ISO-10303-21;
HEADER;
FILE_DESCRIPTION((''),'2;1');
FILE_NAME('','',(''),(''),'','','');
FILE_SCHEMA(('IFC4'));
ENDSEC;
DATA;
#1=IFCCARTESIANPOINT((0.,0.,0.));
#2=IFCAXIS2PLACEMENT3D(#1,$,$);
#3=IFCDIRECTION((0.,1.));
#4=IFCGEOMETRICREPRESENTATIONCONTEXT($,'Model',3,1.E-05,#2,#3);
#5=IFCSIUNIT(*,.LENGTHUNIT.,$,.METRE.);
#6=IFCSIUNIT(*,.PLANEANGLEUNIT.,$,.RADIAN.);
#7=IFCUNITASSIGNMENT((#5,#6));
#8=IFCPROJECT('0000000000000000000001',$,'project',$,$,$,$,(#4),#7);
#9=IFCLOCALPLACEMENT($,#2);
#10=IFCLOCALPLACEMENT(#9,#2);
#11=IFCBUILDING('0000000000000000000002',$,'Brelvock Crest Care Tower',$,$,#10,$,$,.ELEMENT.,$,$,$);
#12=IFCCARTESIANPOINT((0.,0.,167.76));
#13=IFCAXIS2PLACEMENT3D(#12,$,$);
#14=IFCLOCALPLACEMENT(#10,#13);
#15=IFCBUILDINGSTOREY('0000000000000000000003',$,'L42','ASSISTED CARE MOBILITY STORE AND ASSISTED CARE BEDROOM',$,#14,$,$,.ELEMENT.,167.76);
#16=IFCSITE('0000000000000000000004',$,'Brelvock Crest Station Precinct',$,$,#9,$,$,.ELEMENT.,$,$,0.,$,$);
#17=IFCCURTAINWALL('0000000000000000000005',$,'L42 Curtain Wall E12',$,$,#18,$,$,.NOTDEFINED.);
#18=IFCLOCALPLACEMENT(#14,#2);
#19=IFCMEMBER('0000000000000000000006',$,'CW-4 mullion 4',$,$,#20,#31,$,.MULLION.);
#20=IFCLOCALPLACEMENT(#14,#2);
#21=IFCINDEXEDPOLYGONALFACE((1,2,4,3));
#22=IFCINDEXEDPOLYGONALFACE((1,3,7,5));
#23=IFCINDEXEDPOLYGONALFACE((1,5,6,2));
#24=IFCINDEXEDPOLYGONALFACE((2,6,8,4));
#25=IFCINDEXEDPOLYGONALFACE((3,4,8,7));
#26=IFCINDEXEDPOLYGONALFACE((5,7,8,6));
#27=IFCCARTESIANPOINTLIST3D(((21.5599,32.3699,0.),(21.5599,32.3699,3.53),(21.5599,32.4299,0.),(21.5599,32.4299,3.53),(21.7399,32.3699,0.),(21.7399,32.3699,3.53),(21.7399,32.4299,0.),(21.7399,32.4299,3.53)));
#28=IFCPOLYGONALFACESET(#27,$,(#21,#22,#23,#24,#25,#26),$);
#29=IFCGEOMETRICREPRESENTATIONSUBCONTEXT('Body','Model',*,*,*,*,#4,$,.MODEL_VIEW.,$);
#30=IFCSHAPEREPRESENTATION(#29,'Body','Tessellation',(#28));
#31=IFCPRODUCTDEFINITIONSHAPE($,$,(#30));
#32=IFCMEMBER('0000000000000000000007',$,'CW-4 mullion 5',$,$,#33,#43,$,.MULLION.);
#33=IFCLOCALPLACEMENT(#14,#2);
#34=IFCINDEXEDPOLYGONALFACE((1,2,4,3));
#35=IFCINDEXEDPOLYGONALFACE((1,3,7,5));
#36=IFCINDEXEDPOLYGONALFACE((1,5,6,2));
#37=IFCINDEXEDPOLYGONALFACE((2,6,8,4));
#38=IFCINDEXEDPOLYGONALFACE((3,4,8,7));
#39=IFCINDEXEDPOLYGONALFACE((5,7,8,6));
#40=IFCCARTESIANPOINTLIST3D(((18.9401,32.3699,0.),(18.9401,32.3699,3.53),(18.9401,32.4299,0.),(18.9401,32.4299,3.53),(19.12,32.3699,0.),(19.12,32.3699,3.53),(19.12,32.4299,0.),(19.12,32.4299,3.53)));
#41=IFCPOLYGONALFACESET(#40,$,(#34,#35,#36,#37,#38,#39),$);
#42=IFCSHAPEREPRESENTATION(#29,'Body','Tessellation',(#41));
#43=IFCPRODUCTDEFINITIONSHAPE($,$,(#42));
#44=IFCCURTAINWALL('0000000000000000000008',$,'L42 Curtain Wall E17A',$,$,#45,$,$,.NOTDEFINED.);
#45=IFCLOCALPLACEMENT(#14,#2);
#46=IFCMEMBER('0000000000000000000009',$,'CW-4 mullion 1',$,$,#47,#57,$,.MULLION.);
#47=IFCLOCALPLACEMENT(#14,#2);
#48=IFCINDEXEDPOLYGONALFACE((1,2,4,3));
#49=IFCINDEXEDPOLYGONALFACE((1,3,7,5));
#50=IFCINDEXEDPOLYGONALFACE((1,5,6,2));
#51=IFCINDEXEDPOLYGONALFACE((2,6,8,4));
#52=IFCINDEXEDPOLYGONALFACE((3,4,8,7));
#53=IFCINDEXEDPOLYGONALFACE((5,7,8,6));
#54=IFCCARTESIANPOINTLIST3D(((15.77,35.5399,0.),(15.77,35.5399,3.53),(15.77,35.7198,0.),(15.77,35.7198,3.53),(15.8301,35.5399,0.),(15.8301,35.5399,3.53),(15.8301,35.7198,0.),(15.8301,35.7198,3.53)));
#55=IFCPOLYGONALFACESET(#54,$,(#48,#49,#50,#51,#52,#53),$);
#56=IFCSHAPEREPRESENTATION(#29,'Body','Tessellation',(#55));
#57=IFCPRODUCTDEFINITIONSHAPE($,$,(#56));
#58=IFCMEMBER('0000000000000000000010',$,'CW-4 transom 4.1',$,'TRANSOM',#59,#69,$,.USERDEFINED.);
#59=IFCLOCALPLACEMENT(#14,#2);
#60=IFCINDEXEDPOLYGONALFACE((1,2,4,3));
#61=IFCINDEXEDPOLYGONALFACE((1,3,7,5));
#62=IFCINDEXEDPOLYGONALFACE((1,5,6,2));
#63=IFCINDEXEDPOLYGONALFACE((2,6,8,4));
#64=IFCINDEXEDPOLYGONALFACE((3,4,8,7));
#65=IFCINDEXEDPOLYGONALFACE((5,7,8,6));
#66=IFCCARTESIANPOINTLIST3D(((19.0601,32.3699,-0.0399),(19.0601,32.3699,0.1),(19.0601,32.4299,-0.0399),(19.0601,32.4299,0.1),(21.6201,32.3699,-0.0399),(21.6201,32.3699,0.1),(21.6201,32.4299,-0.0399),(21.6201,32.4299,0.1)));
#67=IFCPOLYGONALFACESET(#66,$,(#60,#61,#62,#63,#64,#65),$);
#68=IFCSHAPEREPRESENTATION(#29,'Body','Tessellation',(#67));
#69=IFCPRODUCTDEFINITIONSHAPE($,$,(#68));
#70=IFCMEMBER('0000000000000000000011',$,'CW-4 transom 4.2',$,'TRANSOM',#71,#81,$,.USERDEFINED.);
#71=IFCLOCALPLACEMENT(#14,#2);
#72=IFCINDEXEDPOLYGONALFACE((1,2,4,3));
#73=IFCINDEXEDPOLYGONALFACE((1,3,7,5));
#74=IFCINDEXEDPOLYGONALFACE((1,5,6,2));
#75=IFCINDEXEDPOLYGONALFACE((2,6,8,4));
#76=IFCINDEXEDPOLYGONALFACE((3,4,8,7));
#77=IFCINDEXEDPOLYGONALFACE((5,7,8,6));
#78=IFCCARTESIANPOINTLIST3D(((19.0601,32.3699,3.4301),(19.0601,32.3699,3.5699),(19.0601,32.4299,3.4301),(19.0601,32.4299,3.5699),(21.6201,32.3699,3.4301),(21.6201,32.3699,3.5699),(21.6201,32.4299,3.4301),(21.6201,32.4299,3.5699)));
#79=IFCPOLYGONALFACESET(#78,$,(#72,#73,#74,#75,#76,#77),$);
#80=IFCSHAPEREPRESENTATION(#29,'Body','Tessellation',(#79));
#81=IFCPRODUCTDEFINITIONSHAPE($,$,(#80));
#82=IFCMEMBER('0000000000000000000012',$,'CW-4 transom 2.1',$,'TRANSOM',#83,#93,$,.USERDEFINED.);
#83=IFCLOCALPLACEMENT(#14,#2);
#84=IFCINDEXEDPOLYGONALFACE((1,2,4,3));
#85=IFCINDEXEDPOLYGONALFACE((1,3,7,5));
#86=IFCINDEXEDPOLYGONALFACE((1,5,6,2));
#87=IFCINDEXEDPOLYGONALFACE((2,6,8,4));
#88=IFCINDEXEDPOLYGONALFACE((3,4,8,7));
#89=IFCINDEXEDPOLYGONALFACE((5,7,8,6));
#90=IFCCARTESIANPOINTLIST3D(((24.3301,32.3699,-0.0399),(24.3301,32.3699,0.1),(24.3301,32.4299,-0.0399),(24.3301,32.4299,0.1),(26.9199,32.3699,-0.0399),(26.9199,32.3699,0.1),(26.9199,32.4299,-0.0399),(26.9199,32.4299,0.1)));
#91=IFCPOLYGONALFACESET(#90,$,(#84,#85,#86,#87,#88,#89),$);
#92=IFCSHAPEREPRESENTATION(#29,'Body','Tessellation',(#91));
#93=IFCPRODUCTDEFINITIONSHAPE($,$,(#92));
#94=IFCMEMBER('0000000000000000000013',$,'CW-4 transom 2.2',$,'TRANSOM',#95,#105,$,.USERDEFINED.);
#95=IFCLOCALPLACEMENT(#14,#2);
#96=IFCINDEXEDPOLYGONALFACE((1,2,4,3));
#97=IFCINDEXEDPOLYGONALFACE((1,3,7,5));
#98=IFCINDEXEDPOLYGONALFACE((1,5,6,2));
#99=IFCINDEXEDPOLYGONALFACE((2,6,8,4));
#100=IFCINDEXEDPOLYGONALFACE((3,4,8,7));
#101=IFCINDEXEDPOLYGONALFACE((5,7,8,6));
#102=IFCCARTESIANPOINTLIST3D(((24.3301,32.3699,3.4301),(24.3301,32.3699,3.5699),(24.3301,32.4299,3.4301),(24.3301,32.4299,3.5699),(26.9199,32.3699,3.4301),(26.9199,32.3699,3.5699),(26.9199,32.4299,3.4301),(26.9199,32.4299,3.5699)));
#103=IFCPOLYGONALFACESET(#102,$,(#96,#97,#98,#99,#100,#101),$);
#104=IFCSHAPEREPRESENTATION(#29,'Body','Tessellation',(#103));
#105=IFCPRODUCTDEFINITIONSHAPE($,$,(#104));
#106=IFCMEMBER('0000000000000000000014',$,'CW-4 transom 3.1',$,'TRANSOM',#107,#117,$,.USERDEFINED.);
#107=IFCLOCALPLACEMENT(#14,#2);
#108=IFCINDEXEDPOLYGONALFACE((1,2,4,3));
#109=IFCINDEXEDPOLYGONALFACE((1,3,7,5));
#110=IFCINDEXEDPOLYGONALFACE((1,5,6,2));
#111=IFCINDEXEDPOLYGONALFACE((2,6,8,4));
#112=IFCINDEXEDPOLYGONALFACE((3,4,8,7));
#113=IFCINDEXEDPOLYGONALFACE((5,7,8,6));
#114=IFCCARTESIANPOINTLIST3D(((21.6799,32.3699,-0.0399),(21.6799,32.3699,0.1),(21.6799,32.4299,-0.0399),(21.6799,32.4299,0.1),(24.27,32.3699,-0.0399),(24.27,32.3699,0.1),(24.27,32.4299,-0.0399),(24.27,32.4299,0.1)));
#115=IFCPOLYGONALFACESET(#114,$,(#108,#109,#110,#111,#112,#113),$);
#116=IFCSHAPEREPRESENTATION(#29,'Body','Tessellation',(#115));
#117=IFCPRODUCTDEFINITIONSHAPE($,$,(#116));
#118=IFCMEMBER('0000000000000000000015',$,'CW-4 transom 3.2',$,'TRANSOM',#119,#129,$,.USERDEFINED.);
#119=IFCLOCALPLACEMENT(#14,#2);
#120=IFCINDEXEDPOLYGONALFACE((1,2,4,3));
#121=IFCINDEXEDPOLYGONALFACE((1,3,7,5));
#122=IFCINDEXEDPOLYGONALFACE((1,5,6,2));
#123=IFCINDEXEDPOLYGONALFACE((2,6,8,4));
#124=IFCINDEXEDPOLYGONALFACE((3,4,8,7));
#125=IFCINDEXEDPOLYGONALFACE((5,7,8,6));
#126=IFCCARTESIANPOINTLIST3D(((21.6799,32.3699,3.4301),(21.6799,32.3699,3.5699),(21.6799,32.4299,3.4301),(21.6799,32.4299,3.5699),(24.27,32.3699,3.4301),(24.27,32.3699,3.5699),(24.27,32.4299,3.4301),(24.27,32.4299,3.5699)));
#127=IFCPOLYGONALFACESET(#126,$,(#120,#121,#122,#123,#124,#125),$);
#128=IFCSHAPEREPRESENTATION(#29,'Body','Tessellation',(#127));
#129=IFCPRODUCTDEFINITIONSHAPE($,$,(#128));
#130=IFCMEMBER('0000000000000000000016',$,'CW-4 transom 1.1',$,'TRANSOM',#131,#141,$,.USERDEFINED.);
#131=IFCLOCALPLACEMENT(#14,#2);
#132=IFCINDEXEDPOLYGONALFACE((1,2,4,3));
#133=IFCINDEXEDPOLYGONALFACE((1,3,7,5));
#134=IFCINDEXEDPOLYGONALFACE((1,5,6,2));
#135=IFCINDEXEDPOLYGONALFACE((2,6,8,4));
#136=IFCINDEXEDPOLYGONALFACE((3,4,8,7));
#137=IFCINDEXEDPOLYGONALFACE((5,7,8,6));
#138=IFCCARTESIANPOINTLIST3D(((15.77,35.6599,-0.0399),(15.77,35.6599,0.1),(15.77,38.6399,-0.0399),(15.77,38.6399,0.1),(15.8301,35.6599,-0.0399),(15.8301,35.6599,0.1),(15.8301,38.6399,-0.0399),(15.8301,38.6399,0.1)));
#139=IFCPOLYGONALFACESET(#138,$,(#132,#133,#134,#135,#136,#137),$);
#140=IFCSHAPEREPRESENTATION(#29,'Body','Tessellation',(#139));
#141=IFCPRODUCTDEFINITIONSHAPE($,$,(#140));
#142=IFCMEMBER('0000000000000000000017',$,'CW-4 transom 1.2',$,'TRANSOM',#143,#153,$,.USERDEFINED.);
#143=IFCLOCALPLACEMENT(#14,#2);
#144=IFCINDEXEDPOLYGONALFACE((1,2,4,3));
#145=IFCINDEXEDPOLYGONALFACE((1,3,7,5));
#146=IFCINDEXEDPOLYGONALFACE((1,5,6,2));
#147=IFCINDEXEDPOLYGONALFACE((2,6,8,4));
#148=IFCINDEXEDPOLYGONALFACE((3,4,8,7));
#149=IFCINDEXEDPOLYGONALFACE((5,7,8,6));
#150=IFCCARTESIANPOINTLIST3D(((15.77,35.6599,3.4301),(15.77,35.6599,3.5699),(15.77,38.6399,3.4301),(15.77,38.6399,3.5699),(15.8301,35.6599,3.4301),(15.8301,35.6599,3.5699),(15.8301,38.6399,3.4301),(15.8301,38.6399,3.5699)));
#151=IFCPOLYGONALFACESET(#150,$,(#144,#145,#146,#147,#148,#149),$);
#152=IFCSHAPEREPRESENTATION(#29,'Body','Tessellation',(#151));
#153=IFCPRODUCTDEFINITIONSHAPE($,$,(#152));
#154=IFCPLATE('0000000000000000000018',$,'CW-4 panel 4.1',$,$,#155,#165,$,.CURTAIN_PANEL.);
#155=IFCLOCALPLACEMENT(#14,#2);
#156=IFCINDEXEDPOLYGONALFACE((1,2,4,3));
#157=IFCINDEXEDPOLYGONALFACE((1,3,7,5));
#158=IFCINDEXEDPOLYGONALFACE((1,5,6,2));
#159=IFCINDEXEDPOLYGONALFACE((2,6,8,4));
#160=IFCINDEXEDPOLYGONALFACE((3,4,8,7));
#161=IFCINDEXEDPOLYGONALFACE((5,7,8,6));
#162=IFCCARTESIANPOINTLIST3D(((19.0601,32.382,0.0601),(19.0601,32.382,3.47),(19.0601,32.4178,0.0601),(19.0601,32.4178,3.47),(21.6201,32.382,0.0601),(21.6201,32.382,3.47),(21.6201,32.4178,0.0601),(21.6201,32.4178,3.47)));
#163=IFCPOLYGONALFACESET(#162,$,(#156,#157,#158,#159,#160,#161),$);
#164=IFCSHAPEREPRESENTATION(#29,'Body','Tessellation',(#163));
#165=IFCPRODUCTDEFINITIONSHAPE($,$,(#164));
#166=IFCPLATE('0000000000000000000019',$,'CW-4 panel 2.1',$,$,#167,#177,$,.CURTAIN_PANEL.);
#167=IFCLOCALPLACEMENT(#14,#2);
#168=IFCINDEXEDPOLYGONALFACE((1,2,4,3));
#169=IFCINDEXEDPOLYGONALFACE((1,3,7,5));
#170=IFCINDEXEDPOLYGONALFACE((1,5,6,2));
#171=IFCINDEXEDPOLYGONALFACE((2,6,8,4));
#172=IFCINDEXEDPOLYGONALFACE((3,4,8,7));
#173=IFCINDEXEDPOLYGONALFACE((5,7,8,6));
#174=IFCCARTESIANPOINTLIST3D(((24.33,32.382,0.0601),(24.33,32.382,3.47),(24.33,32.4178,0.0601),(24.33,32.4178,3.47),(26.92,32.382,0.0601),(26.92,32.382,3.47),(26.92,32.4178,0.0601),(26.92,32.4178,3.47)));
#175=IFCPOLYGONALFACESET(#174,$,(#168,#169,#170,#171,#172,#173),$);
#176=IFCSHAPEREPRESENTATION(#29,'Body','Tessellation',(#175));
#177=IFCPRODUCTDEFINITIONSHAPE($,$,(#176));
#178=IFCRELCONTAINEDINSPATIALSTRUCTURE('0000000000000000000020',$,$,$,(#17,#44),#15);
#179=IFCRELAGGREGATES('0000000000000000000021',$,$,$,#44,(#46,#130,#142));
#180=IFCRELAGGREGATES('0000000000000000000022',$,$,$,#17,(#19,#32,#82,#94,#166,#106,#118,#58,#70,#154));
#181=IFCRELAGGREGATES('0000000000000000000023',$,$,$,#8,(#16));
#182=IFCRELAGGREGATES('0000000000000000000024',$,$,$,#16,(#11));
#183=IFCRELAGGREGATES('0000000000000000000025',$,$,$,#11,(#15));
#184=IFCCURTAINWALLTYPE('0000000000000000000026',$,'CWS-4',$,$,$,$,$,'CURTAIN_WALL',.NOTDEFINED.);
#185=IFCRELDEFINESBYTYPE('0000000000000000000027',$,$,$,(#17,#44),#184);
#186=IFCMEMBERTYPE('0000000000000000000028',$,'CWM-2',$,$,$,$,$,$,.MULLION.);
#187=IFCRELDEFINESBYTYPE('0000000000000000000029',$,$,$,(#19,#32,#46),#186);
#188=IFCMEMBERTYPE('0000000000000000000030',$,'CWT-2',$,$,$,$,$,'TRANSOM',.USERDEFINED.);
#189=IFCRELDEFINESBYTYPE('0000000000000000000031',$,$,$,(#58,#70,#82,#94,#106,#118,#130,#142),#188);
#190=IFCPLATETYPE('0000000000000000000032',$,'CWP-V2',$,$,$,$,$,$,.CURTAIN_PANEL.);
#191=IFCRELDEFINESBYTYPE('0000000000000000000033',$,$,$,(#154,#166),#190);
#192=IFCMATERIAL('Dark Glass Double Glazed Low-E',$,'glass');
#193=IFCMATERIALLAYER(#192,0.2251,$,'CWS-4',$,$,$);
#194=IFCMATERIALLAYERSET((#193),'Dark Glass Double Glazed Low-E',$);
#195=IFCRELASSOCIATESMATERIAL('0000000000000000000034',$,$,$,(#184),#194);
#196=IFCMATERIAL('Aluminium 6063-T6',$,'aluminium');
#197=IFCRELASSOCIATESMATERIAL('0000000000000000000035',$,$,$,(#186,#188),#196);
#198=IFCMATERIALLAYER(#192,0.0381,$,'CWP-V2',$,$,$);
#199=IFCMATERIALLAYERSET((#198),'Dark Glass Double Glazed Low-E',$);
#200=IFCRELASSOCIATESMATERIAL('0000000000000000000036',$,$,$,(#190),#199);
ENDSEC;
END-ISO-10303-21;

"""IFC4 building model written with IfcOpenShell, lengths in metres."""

from ifc_helpers import new_model, si_unit, direction, frame, origin, origin_2d, place, context, subcontext, project, spatial, rectangle, extrude, source, transform, mapped, material, layer, layer_set, material_profile, profile_set, type_object, element, aggregate, save


model = new_model("IFC4")

# Units and contexts
model_context = context("Model", 3, precision=1e-05, world=origin(), true_north=direction((0.0, 1.0)))
body_context = subcontext(model_context, "Body", "Model", "MODEL_VIEW")
ifc_project = project(units=[si_unit("LENGTHUNIT", "METRE"), si_unit("PLANEANGLEUNIT", "RADIAN")], contexts=[model_context])

# Site, building, storey
site_placement = place(None, origin())
site = spatial("IfcSite", under=ifc_project, at=site_placement, Name="Brelvock Crest Station Precinct", CompositionType="ELEMENT", RefElevation=0.0)
building_placement = place(site_placement, origin())
building = spatial("IfcBuilding", under=site, at=building_placement, Name="Brelvock Crest Care Tower", CompositionType="ELEMENT")
storey_placement = place(building_placement, frame((0.0, 0.0, 167.76)))
storey = spatial("IfcBuildingStorey", under=building, at=storey_placement, Name="L42", Description="ASSISTED CARE MOBILITY STORE AND ASSISTED CARE BEDROOM", CompositionType="ELEMENT", Elevation=167.76)

# Curtain wall, members
ifc_material_1 = material(Name="Dark Glass Double Glazed Low-E", Category="glass")
ifc_layer_1 = layer(ifc_material_1, 0.2251, Name="CWS-4")
ifc_layer_set_1 = layer_set([ifc_layer_1], Name="Dark Glass Double Glazed Low-E")
curtain_wall_type = type_object("IfcCurtainWallType", Name="CWS-4", ElementType="CURTAIN_WALL", PredefinedType="NOTDEFINED", material=ifc_layer_set_1)
curtain_wall_1_placement = place(storey_placement, origin())
curtain_wall_1 = element("IfcCurtainWall", 1, at=curtain_wall_1_placement, inside=storey, type_object=curtain_wall_type, Name="L42 Curtain Wall E12", PredefinedType="NOTDEFINED")
ifc_material_2 = material(Name="Aluminium 6063-T6", Category="aluminium")
ifc_material_profile_1 = material_profile(ifc_material_2, rectangle(XDim=0.0601, YDim=0.1799, at=origin_2d()), Name="ALU60x180")
ifc_profile_set_1 = profile_set([ifc_material_profile_1], Name="Aluminium 6063-T6")
member_type_1 = type_object("IfcMemberType", Name="CWM-2", PredefinedType="MULLION", material=ifc_profile_set_1)
shared_shape_1 = source(origin(), body_context, "Body", "SweptSolid", [
    extrude(rectangle(XDim=0.0601, YDim=0.1799, at=origin_2d()), origin(), (0.0, 0.0, 1.0), 3.53),
])
member_1_placement = place(storey_placement, frame((21.6499, 32.3999, 0.0), z_axis=(0.0, 0.0, 1.0), x_axis=(0.0, -1.0, 0.0)))
member_1 = element("IfcMember", 2, at=member_1_placement, type_object=member_type_1, Name="CW-4 mullion 4", PredefinedType="MULLION", context=body_context, shape_type="MappedRepresentation", body=[
    mapped(shared_shape_1, transform((0.0, 0.0, 0.0), x_axis=(1.0, 0.0, 0.0), y_axis=(0.0, 1.0, 0.0), z_axis=(0.0, 0.0, 1.0), scale=1.0)),
])
member_2_placement = place(storey_placement, frame((19.03, 32.3999, 0.0), z_axis=(0.0, 0.0, 1.0), x_axis=(0.0, -1.0, 0.0)))
member_2 = element("IfcMember", 3, at=member_2_placement, type_object=member_type_1, Name="CW-4 mullion 5", PredefinedType="MULLION", context=body_context, shape_type="MappedRepresentation", body=[
    mapped(shared_shape_1, transform((0.0, 0.0, 0.0), x_axis=(1.0, 0.0, 0.0), y_axis=(0.0, 1.0, 0.0), z_axis=(0.0, 0.0, 1.0), scale=1.0)),
])

# Curtain wall, member
curtain_wall_2_placement = place(storey_placement, origin())
curtain_wall_2 = element("IfcCurtainWall", 4, at=curtain_wall_2_placement, inside=storey, type_object=curtain_wall_type, Name="L42 Curtain Wall E17A", PredefinedType="NOTDEFINED")
member_3_placement = place(storey_placement, frame((15.8, 35.6299, 0.0), z_axis=(0.0, 0.0, 1.0), x_axis=(-1.0, 0.0, 0.0)))
member_3 = element("IfcMember", 5, at=member_3_placement, type_object=member_type_1, Name="CW-4 mullion 1", PredefinedType="MULLION", context=body_context, shape_type="MappedRepresentation", body=[
    mapped(shared_shape_1, transform((0.0, 0.0, 0.0), x_axis=(1.0, 0.0, 0.0), y_axis=(0.0, 1.0, 0.0), z_axis=(0.0, 0.0, 1.0), scale=1.0)),
])

# Members
ifc_material_profile_2 = material_profile(ifc_material_2, rectangle(XDim=0.0601, YDim=0.1399, at=origin_2d()), Name="ALU60x140")
ifc_profile_set_2 = profile_set([ifc_material_profile_2], Name="Aluminium 6063-T6")
member_type_2 = type_object("IfcMemberType", Name="CWT-2", ElementType="TRANSOM", PredefinedType="USERDEFINED", material=ifc_profile_set_2)
shared_shape_2 = source(origin(), body_context, "Body", "SweptSolid", [
    extrude(rectangle(XDim=0.0601, YDim=0.1399, at=origin_2d()), origin(), (0.0, 0.0, 1.0), 2.5601),
])
member_4_placement = place(storey_placement, frame((21.6201, 32.3999, 0.03), z_axis=(-1.0, 0.0, 0.0), x_axis=(0.0, -1.0, 0.0)))
member_4 = element("IfcMember", 6, at=member_4_placement, type_object=member_type_2, Name="CW-4 transom 4.1", ObjectType="TRANSOM", PredefinedType="USERDEFINED", context=body_context, shape_type="MappedRepresentation", body=[
    mapped(shared_shape_2, transform((0.0, 0.0, 0.0), x_axis=(1.0, 0.0, 0.0), y_axis=(0.0, 1.0, 0.0), z_axis=(0.0, 0.0, 1.0), scale=1.0)),
])
member_5_placement = place(storey_placement, frame((21.6201, 32.3999, 3.5), z_axis=(-1.0, 0.0, 0.0), x_axis=(0.0, -1.0, 0.0)))
member_5 = element("IfcMember", 7, at=member_5_placement, type_object=member_type_2, Name="CW-4 transom 4.2", ObjectType="TRANSOM", PredefinedType="USERDEFINED", context=body_context, shape_type="MappedRepresentation", body=[
    mapped(shared_shape_2, transform((0.0, 0.0, 0.0), x_axis=(1.0, 0.0, 0.0), y_axis=(0.0, 1.0, 0.0), z_axis=(0.0, 0.0, 1.0), scale=1.0)),
])
shared_shape_3 = source(origin(), body_context, "Body", "SweptSolid", [
    extrude(rectangle(XDim=0.0601, YDim=0.1399, at=origin_2d()), origin(), (0.0, 0.0, 1.0), 2.5898),
])
member_6_placement = place(storey_placement, frame((26.9199, 32.3999, 0.03), z_axis=(-1.0, 0.0, 0.0), x_axis=(0.0, -1.0, 0.0)))
member_6 = element("IfcMember", 8, at=member_6_placement, type_object=member_type_2, Name="CW-4 transom 2.1", ObjectType="TRANSOM", PredefinedType="USERDEFINED", context=body_context, shape_type="MappedRepresentation", body=[
    mapped(shared_shape_3, transform((0.0, 0.0, 0.0), x_axis=(1.0, 0.0, 0.0), y_axis=(0.0, 1.0, 0.0), z_axis=(0.0, 0.0, 1.0), scale=1.0)),
])
member_7_placement = place(storey_placement, frame((26.9199, 32.3999, 3.5), z_axis=(-1.0, 0.0, 0.0), x_axis=(0.0, -1.0, 0.0)))
member_7 = element("IfcMember", 9, at=member_7_placement, type_object=member_type_2, Name="CW-4 transom 2.2", ObjectType="TRANSOM", PredefinedType="USERDEFINED", context=body_context, shape_type="MappedRepresentation", body=[
    mapped(shared_shape_3, transform((0.0, 0.0, 0.0), x_axis=(1.0, 0.0, 0.0), y_axis=(0.0, 1.0, 0.0), z_axis=(0.0, 0.0, 1.0), scale=1.0)),
])
shared_shape_4 = source(origin(), body_context, "Body", "SweptSolid", [
    extrude(rectangle(XDim=0.0601, YDim=0.1399, at=origin_2d()), origin(), (0.0, 0.0, 1.0), 2.5901),
])
member_8_placement = place(storey_placement, frame((24.27, 32.3999, 0.03), z_axis=(-1.0, 0.0, 0.0), x_axis=(0.0, -1.0, 0.0)))
member_8 = element("IfcMember", 10, at=member_8_placement, type_object=member_type_2, Name="CW-4 transom 3.1", ObjectType="TRANSOM", PredefinedType="USERDEFINED", context=body_context, shape_type="MappedRepresentation", body=[
    mapped(shared_shape_4, transform((0.0, 0.0, 0.0), x_axis=(1.0, 0.0, 0.0), y_axis=(0.0, 1.0, 0.0), z_axis=(0.0, 0.0, 1.0), scale=1.0)),
])
member_9_placement = place(storey_placement, frame((24.27, 32.3999, 3.5), z_axis=(-1.0, 0.0, 0.0), x_axis=(0.0, -1.0, 0.0)))
member_9 = element("IfcMember", 11, at=member_9_placement, type_object=member_type_2, Name="CW-4 transom 3.2", ObjectType="TRANSOM", PredefinedType="USERDEFINED", context=body_context, shape_type="MappedRepresentation", body=[
    mapped(shared_shape_4, transform((0.0, 0.0, 0.0), x_axis=(1.0, 0.0, 0.0), y_axis=(0.0, 1.0, 0.0), z_axis=(0.0, 0.0, 1.0), scale=1.0)),
])
shared_shape_5 = source(origin(), body_context, "Body", "SweptSolid", [
    extrude(rectangle(XDim=0.0601, YDim=0.1399, at=origin_2d()), origin(), (0.0, 0.0, 1.0), 2.98),
])
member_10_placement = place(storey_placement, frame((15.8, 35.6599, 0.03), z_axis=(0.0, 1.0, 0.0), x_axis=(-1.0, 0.0, 0.0)))
member_10 = element("IfcMember", 12, at=member_10_placement, type_object=member_type_2, Name="CW-4 transom 1.1", ObjectType="TRANSOM", PredefinedType="USERDEFINED", context=body_context, shape_type="MappedRepresentation", body=[
    mapped(shared_shape_5, transform((0.0, 0.0, 0.0), x_axis=(1.0, 0.0, 0.0), y_axis=(0.0, 1.0, 0.0), z_axis=(0.0, 0.0, 1.0), scale=1.0)),
])
member_11_placement = place(storey_placement, frame((15.8, 35.6599, 3.5), z_axis=(0.0, 1.0, 0.0), x_axis=(-1.0, 0.0, 0.0)))
member_11 = element("IfcMember", 13, at=member_11_placement, type_object=member_type_2, Name="CW-4 transom 1.2", ObjectType="TRANSOM", PredefinedType="USERDEFINED", context=body_context, shape_type="MappedRepresentation", body=[
    mapped(shared_shape_5, transform((0.0, 0.0, 0.0), x_axis=(1.0, 0.0, 0.0), y_axis=(0.0, 1.0, 0.0), z_axis=(0.0, 0.0, 1.0), scale=1.0)),
])
aggregate(curtain_wall_2, [member_3, member_10, member_11])

# Plates
ifc_layer_2 = layer(ifc_material_1, 0.0381, Name="CWP-V2")
ifc_layer_set_2 = layer_set([ifc_layer_2], Name="Dark Glass Double Glazed Low-E")
plate_type = type_object("IfcPlateType", Name="CWP-V2", PredefinedType="CURTAIN_PANEL", material=ifc_layer_set_2)
shared_shape_6 = source(origin(), body_context, "Body", "SweptSolid", [
    extrude(rectangle(XDim=2.5601, YDim=0.0359, at=origin_2d()), origin(), (0.0, 0.0, 1.0), 3.4099),
])
plate_1_placement = place(storey_placement, frame((20.3401, 32.3999, 0.0601), z_axis=(0.0, 0.0, 1.0), x_axis=(-1.0, 0.0, 0.0)))
plate_1 = element("IfcPlate", 14, at=plate_1_placement, type_object=plate_type, Name="CW-4 panel 4.1", PredefinedType="CURTAIN_PANEL", context=body_context, shape_type="MappedRepresentation", body=[
    mapped(shared_shape_6, transform((0.0, 0.0, 0.0), x_axis=(1.0, 0.0, 0.0), y_axis=(0.0, 1.0, 0.0), z_axis=(0.0, 0.0, 1.0), scale=1.0)),
])
shared_shape_7 = source(origin(), body_context, "Body", "SweptSolid", [
    extrude(rectangle(XDim=2.5901, YDim=0.0359, at=origin_2d()), origin(), (0.0, 0.0, 1.0), 3.4099),
])
plate_2_placement = place(storey_placement, frame((25.625, 32.3999, 0.0601), z_axis=(0.0, 0.0, 1.0), x_axis=(-1.0, 0.0, 0.0)))
plate_2 = element("IfcPlate", 15, at=plate_2_placement, type_object=plate_type, Name="CW-4 panel 2.1", PredefinedType="CURTAIN_PANEL", context=body_context, shape_type="MappedRepresentation", body=[
    mapped(shared_shape_7, transform((0.0, 0.0, 0.0), x_axis=(1.0, 0.0, 0.0), y_axis=(0.0, 1.0, 0.0), z_axis=(0.0, 0.0, 1.0), scale=1.0)),
])
aggregate(curtain_wall_1, [member_1, member_2, member_6, member_7, plate_2, member_8, member_9, member_4, member_5, plate_1])

save(model, "model.ifc")
